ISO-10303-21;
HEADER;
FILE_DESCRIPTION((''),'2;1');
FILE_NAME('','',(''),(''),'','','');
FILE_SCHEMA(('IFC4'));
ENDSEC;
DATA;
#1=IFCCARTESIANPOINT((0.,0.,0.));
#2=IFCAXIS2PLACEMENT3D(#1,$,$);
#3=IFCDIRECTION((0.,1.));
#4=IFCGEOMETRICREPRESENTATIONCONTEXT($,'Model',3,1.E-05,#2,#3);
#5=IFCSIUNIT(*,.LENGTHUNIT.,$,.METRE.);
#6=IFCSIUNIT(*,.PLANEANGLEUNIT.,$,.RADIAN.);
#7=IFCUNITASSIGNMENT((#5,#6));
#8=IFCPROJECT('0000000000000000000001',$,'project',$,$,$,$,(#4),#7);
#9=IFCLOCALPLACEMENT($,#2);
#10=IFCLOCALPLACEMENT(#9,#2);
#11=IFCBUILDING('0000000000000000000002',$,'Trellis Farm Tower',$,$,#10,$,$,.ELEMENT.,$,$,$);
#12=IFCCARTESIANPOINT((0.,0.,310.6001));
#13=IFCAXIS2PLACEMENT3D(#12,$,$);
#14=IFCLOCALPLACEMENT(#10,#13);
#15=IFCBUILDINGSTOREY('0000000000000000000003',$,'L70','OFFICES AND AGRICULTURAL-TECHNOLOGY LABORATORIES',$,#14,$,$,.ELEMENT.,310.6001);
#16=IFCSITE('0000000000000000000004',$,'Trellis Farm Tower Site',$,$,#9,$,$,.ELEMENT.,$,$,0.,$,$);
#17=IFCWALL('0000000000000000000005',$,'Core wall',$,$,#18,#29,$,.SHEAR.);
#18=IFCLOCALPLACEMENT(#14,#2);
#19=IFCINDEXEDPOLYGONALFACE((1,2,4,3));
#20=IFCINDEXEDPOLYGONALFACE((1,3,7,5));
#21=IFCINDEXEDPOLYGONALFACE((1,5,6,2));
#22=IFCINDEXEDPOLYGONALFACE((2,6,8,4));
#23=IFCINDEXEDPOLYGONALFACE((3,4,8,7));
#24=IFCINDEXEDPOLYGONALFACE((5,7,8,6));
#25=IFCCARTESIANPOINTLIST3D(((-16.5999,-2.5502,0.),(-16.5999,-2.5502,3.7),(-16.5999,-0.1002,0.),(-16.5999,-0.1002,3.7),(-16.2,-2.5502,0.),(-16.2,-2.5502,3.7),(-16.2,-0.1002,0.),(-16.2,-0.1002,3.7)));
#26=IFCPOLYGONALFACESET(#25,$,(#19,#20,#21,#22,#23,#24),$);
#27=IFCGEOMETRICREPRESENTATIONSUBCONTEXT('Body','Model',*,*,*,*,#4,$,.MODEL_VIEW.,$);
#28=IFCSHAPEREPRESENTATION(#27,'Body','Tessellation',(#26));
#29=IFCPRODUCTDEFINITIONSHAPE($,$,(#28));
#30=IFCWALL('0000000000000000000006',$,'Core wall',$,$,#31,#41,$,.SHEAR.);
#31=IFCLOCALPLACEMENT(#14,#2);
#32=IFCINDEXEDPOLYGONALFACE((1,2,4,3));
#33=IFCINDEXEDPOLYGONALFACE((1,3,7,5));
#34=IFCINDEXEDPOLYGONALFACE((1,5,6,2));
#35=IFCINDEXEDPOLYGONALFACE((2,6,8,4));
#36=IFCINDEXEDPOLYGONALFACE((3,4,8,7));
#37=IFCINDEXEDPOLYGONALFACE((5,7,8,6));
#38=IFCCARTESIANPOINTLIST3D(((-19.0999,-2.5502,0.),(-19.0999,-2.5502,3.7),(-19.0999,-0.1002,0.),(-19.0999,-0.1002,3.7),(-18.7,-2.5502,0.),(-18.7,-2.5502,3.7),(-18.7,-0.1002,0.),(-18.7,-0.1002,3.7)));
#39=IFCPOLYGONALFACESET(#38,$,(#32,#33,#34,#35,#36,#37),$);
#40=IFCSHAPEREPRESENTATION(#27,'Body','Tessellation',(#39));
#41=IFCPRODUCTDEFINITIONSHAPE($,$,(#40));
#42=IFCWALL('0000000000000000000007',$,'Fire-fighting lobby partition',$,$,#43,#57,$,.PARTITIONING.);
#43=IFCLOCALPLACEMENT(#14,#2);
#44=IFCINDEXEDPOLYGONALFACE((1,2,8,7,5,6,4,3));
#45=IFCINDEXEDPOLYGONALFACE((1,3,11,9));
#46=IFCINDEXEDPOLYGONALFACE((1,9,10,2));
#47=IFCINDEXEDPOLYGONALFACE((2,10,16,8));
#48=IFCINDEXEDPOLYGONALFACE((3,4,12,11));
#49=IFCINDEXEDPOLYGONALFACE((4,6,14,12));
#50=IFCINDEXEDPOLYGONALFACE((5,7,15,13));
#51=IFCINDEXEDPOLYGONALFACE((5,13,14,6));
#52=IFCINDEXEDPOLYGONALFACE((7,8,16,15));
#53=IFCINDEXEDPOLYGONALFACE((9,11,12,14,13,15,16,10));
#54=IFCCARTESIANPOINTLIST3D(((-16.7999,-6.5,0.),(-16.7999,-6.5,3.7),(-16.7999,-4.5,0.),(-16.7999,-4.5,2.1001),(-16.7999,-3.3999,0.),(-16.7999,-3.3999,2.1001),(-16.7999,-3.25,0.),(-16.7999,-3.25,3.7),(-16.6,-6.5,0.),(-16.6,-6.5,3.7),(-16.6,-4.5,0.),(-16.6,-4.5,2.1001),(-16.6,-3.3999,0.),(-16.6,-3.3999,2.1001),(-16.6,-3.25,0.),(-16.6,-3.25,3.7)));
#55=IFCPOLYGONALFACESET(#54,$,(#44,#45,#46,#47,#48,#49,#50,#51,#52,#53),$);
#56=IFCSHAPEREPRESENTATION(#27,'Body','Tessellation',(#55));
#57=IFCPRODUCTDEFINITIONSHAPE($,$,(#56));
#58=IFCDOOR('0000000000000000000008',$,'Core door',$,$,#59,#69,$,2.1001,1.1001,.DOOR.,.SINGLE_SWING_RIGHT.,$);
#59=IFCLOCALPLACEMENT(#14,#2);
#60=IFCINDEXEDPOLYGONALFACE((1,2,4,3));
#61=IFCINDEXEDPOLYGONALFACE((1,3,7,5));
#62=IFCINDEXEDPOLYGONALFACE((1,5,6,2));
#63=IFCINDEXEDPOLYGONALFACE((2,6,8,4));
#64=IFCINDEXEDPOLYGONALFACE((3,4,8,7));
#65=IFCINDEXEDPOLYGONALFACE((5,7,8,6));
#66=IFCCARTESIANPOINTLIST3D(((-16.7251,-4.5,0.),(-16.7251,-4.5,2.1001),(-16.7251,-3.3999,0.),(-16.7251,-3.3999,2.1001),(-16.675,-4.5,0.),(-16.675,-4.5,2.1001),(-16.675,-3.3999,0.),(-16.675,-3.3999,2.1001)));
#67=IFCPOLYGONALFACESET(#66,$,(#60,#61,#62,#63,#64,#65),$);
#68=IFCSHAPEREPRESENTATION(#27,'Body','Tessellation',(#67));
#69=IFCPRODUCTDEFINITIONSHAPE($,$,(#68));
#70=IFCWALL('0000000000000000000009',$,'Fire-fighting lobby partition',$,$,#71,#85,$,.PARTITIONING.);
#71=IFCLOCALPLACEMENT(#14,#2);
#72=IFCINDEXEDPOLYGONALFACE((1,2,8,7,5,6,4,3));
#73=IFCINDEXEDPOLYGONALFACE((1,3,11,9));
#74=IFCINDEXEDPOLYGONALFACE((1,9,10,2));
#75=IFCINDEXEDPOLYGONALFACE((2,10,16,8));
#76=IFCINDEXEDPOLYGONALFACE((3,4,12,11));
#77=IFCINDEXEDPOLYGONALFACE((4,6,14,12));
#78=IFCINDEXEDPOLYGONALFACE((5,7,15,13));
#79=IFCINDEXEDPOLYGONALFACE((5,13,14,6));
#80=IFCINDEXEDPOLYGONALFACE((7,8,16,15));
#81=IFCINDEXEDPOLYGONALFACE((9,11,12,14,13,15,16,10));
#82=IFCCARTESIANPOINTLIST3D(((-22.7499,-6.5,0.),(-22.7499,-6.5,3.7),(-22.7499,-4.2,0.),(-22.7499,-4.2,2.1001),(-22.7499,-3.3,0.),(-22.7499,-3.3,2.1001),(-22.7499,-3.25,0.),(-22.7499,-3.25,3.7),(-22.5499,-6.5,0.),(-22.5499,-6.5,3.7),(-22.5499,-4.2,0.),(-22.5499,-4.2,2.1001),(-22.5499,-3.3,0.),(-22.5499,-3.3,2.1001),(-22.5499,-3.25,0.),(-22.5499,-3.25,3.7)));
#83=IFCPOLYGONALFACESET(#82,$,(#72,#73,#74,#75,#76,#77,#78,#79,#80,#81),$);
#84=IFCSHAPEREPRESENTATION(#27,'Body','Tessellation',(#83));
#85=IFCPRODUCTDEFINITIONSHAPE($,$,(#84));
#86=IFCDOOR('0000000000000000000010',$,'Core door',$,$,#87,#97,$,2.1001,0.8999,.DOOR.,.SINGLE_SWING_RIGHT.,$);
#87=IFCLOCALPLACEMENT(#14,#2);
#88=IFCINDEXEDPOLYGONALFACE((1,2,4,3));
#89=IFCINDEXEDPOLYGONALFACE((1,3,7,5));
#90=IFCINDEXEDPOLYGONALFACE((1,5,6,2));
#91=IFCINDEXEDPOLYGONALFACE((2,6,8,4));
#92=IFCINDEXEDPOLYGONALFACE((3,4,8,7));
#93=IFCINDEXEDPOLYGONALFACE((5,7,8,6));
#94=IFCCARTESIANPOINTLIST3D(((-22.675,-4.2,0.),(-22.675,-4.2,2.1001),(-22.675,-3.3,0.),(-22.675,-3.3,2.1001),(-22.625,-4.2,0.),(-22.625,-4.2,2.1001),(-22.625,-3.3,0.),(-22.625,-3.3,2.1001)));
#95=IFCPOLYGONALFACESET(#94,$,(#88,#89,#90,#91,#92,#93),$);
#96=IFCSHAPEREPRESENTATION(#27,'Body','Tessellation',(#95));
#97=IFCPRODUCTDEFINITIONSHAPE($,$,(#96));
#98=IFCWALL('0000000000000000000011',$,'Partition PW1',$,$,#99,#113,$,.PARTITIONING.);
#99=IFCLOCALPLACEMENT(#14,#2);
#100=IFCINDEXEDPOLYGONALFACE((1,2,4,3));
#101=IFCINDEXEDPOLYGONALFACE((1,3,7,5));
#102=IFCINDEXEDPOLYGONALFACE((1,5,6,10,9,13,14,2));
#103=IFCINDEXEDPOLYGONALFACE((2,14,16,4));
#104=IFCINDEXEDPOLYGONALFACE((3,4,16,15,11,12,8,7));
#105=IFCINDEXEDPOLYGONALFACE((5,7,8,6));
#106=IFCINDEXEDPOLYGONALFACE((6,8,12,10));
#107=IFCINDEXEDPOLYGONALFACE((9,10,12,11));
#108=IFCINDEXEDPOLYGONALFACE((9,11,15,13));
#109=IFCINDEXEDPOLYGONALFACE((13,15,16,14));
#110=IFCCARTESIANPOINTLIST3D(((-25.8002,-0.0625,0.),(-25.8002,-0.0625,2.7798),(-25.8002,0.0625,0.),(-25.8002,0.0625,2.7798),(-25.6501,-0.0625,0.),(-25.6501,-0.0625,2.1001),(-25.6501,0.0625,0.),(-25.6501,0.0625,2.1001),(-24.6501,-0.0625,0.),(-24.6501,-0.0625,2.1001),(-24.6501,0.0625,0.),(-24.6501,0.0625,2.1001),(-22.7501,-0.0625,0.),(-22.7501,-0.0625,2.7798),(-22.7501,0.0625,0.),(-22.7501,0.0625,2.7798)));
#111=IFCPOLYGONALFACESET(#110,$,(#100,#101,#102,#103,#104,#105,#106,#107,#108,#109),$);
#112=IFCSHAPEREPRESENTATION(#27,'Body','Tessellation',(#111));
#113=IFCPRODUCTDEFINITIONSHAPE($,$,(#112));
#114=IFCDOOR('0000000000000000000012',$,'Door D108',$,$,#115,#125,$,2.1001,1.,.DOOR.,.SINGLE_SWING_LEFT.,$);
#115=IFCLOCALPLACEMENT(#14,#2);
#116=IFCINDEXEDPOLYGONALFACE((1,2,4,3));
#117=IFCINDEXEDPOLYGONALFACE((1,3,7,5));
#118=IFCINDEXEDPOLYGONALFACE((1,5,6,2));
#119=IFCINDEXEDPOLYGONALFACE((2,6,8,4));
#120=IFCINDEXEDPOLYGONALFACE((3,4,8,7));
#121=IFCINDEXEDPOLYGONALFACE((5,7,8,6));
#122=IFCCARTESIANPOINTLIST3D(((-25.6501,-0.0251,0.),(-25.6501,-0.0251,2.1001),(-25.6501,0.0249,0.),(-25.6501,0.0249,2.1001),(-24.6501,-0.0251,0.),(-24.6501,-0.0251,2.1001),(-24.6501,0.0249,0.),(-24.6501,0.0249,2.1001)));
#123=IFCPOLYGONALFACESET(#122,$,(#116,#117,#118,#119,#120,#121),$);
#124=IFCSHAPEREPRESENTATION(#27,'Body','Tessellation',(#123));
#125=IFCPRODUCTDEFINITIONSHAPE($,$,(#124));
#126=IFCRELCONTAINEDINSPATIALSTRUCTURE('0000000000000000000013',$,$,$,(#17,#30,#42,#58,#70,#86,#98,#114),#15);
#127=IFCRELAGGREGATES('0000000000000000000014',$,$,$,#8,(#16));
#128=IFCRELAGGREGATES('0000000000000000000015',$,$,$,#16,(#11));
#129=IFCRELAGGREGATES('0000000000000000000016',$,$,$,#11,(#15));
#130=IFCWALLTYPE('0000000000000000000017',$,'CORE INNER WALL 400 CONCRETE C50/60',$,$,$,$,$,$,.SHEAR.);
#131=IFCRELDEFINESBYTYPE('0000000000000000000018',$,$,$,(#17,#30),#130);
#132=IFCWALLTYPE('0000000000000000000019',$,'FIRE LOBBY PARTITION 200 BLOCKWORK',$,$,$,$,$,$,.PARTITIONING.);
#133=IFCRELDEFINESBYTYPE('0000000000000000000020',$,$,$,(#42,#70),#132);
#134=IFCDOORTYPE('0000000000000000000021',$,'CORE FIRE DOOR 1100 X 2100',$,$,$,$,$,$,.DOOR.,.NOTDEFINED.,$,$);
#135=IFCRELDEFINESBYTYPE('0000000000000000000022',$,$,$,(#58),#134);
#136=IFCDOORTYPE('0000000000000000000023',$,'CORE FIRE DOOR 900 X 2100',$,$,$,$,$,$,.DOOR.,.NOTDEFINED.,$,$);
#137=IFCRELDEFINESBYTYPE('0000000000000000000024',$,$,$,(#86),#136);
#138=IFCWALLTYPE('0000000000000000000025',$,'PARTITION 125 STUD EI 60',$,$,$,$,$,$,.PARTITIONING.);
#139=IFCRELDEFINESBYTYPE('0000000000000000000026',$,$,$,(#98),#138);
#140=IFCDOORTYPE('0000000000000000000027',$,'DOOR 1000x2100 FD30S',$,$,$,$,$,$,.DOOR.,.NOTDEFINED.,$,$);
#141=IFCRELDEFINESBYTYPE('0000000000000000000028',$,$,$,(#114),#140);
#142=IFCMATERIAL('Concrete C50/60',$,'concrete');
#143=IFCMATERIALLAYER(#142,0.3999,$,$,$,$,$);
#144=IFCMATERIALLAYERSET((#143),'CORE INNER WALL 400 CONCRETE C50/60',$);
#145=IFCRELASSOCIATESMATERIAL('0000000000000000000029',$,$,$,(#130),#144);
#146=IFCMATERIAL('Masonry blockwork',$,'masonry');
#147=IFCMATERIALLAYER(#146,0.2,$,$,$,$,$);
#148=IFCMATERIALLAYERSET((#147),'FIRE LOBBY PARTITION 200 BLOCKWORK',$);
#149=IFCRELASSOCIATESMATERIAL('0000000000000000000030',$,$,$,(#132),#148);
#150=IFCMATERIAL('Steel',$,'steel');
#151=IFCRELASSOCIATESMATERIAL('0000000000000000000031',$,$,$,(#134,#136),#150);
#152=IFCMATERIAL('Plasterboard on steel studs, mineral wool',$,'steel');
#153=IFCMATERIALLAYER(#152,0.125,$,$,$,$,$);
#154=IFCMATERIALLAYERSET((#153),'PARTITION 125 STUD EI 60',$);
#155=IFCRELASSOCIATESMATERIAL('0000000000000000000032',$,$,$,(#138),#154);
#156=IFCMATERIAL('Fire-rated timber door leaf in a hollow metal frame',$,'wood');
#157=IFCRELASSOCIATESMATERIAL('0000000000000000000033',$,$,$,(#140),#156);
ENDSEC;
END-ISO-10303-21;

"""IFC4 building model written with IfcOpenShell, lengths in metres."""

from ifc_helpers import new_model, si_unit, direction, frame, frame_2d, origin, place, context, subcontext, project, spatial, rectangle, extrude, source, transform, mapped, material, layer, layer_set, type_object, element, fill, save


model = new_model("IFC4")

# Units and contexts
model_context = context("Model", 3, precision=1e-05, world=origin(), true_north=direction((0.0, 1.0)))
body_context = subcontext(model_context, "Body", "Model", "MODEL_VIEW")
ifc_project = project(units=[si_unit("LENGTHUNIT", "METRE"), si_unit("PLANEANGLEUNIT", "RADIAN")], contexts=[model_context])

# Site, building, storey
site_placement = place(None, origin())
site = spatial("IfcSite", under=ifc_project, at=site_placement, Name="Trellis Farm Tower Site", CompositionType="ELEMENT", RefElevation=0.0)
building_placement = place(site_placement, origin())
building = spatial("IfcBuilding", under=site, at=building_placement, Name="Trellis Farm Tower", CompositionType="ELEMENT")
storey_placement = place(building_placement, frame((0.0, 0.0, 310.6001)))
storey = spatial("IfcBuildingStorey", under=building, at=storey_placement, Name="L70", Description="OFFICES AND AGRICULTURAL-TECHNOLOGY LABORATORIES", CompositionType="ELEMENT", Elevation=310.6001)

# Walls
ifc_material_1 = material(Name="Concrete C50/60", Category="concrete")
ifc_layer_1 = layer(ifc_material_1, 0.3999)
ifc_layer_set_1 = layer_set([ifc_layer_1], Name="CORE INNER WALL 400 CONCRETE C50/60")
wall_type_1 = type_object("IfcWallType", Name="CORE INNER WALL 400 CONCRETE C50/60", PredefinedType="SHEAR", material=ifc_layer_set_1)
shared_shape_1 = source(origin(), body_context, "Body", "SweptSolid", [
    extrude(rectangle(XDim=2.45, YDim=0.3999, at=frame_2d((1.2251, 0.0))), origin(), (0.0, 0.0, 1.0), 3.7),
])
for number, where, z_axis, x_axis, name in (
    (1, (-16.3999, -0.1001, 0.0), (0.0, 0.0, 1.0), (0.0, -1.0, 0.0), "Core wall"),
    (2, (-18.8999, -0.1001, 0.0), (0.0, 0.0, 1.0), (0.0, -1.0, 0.0), "Core wall"),
):
    element("IfcWall", number, at=place(storey_placement, frame(where, z_axis=z_axis, x_axis=x_axis)), inside=storey, type_object=wall_type_1, Name=name, PredefinedType="SHEAR", context=body_context, shape_type="MappedRepresentation", body=[
        mapped(shared_shape_1, transform((0.0, 0.0, 0.0))),
    ])

# Walls, openings, doors
ifc_material_2 = material(Name="Masonry blockwork", Category="masonry")
ifc_layer_2 = layer(ifc_material_2, 0.2)
ifc_layer_set_2 = layer_set([ifc_layer_2], Name="FIRE LOBBY PARTITION 200 BLOCKWORK")
wall_type_2 = type_object("IfcWallType", Name="FIRE LOBBY PARTITION 200 BLOCKWORK", PredefinedType="PARTITIONING", material=ifc_layer_set_2)
shared_shape_2 = source(origin(), body_context, "Body", "SweptSolid", [
    extrude(rectangle(XDim=3.25, YDim=0.2, at=frame_2d((1.625, 0.0))), origin(), (0.0, 0.0, 1.0), 3.7),
])
wall_1_placement = place(storey_placement, frame((-16.7, -3.25, 0.0), z_axis=(0.0, 0.0, 1.0), x_axis=(0.0, -1.0, 0.0)))
wall_1 = element("IfcWall", 3, at=wall_1_placement, inside=storey, type_object=wall_type_2, Name="Fire-fighting lobby partition", PredefinedType="PARTITIONING", context=body_context, shape_type="MappedRepresentation", body=[
    mapped(shared_shape_2, transform((0.0, 0.0, 0.0))),
])
shared_shape_3 = source(origin(), body_context, "Body", "SweptSolid", [
    extrude(rectangle(XDim=1.1001, YDim=2.1001, at=frame_2d((0.55, 1.05))), frame((0.0, 0.1101, 0.0), z_axis=(0.0, -1.0, 0.0), x_axis=(1.0, 0.0, 0.0)), (0.0, 0.0, 1.0), 0.2202),
])
opening_1_placement = place(wall_1_placement, frame((0.1499, 0.0, 0.0)))
opening_1 = element("IfcOpeningElement", 4, at=opening_1_placement, cuts=wall_1, PredefinedType="OPENING", context=body_context, shape_type="MappedRepresentation", body=[
    mapped(shared_shape_3, transform((0.0, 0.0, 0.0))),
])
ifc_material_3 = material(Name="Steel", Category="steel")
door_type_1 = type_object("IfcDoorType", Name="CORE FIRE DOOR 1100 X 2100", OperationType="NOTDEFINED", PredefinedType="DOOR", material=ifc_material_3)
shared_shape_4 = source(origin(), body_context, "Body", "SweptSolid", [
    extrude(rectangle(XDim=1.1001, YDim=2.1001, at=frame_2d((0.55, 1.05))), frame((0.0, 0.0249, 0.0), z_axis=(0.0, -1.0, 0.0), x_axis=(1.0, 0.0, 0.0)), (0.0, 0.0, 1.0), 0.05),
])
door_1_placement = place(opening_1_placement, origin())
door_1 = element("IfcDoor", 5, at=door_1_placement, inside=storey, type_object=door_type_1, Name="Core door", OperationType="SINGLE_SWING_RIGHT", OverallHeight=2.1001, OverallWidth=1.1001, PredefinedType="DOOR", context=body_context, shape_type="MappedRepresentation", body=[
    mapped(shared_shape_4, transform((0.0, 0.0, 0.0))),
])
fill(opening_1, door_1)
wall_2_placement = place(storey_placement, frame((-22.6499, -3.25, 0.0), z_axis=(0.0, 0.0, 1.0), x_axis=(0.0, -1.0, 0.0)))
wall_2 = element("IfcWall", 6, at=wall_2_placement, inside=storey, type_object=wall_type_2, Name="Fire-fighting lobby partition", PredefinedType="PARTITIONING", context=body_context, shape_type="MappedRepresentation", body=[
    mapped(shared_shape_2, transform((0.0, 0.0, 0.0))),
])
shared_shape_5 = source(origin(), body_context, "Body", "SweptSolid", [
    extrude(rectangle(XDim=0.8999, YDim=2.1001, at=frame_2d((0.45, 1.05))), frame((0.0, 0.1101, 0.0), z_axis=(0.0, -1.0, 0.0), x_axis=(1.0, 0.0, 0.0)), (0.0, 0.0, 1.0), 0.2202),
])
opening_2_placement = place(wall_2_placement, frame((0.05, 0.0, 0.0)))
opening_2 = element("IfcOpeningElement", 7, at=opening_2_placement, cuts=wall_2, PredefinedType="OPENING", context=body_context, shape_type="MappedRepresentation", body=[
    mapped(shared_shape_5, transform((0.0, 0.0, 0.0))),
])
door_type_2 = type_object("IfcDoorType", Name="CORE FIRE DOOR 900 X 2100", OperationType="NOTDEFINED", PredefinedType="DOOR", material=ifc_material_3)
shared_shape_6 = source(origin(), body_context, "Body", "SweptSolid", [
    extrude(rectangle(XDim=0.8999, YDim=2.1001, at=frame_2d((0.45, 1.05))), frame((0.0, 0.0249, 0.0), z_axis=(0.0, -1.0, 0.0), x_axis=(1.0, 0.0, 0.0)), (0.0, 0.0, 1.0), 0.05),
])
door_2_placement = place(opening_2_placement, origin())
door_2 = element("IfcDoor", 8, at=door_2_placement, inside=storey, type_object=door_type_2, Name="Core door", OperationType="SINGLE_SWING_RIGHT", OverallHeight=2.1001, OverallWidth=0.8999, PredefinedType="DOOR", context=body_context, shape_type="MappedRepresentation", body=[
    mapped(shared_shape_6, transform((0.0, 0.0, 0.0))),
])
fill(opening_2, door_2)
ifc_material_4 = material(Name="Plasterboard on steel studs, mineral wool", Category="steel")
ifc_layer_3 = layer(ifc_material_4, 0.125)
ifc_layer_set_3 = layer_set([ifc_layer_3], Name="PARTITION 125 STUD EI 60")
wall_type_3 = type_object("IfcWallType", Name="PARTITION 125 STUD EI 60", PredefinedType="PARTITIONING", material=ifc_layer_set_3)
shared_shape_7 = source(origin(), body_context, "Body", "SweptSolid", [
    extrude(rectangle(XDim=3.05, YDim=0.125, at=frame_2d((1.5249, 0.0))), origin(), (0.0, 0.0, 1.0), 2.7798),
])
wall_3_placement = place(storey_placement, frame((-25.8, 0.0, 0.0), z_axis=(0.0, 0.0, 1.0), x_axis=(1.0, 0.0, 0.0)))
wall_3 = element("IfcWall", 9, at=wall_3_placement, inside=storey, type_object=wall_type_3, Name="Partition PW1", PredefinedType="PARTITIONING", context=body_context, shape_type="MappedRepresentation", body=[
    mapped(shared_shape_7, transform((0.0, 0.0, 0.0))),
])
shared_shape_8 = source(origin(), body_context, "Body", "SweptSolid", [
    extrude(rectangle(XDim=1.0, YDim=2.1001, at=frame_2d((0.5, 1.05))), frame((0.0, 0.0725, 0.0), z_axis=(0.0, -1.0, 0.0), x_axis=(1.0, 0.0, 0.0)), (0.0, 0.0, 1.0), 0.145),
])
opening_3_placement = place(wall_3_placement, frame((0.1499, 0.0, 0.0)))
opening_3 = element("IfcOpeningElement", 10, at=opening_3_placement, cuts=wall_3, PredefinedType="OPENING", context=body_context, shape_type="MappedRepresentation", body=[
    mapped(shared_shape_8, transform((0.0, 0.0, 0.0))),
])
ifc_material_5 = material(Name="Fire-rated timber door leaf in a hollow metal frame", Category="wood")
door_type_3 = type_object("IfcDoorType", Name="DOOR 1000x2100 FD30S", OperationType="NOTDEFINED", PredefinedType="DOOR", material=ifc_material_5)
shared_shape_9 = source(origin(), body_context, "Body", "SweptSolid", [
    extrude(rectangle(XDim=1.0, YDim=2.1001, at=frame_2d((0.5, 1.05))), frame((0.0, 0.0249, 0.0), z_axis=(0.0, -1.0, 0.0), x_axis=(1.0, 0.0, 0.0)), (0.0, 0.0, 1.0), 0.05),
])
door_3_placement = place(opening_3_placement, origin())
door_3 = element("IfcDoor", 11, at=door_3_placement, inside=storey, type_object=door_type_3, Name="Door D108", OperationType="SINGLE_SWING_LEFT", OverallHeight=2.1001, OverallWidth=1.0, PredefinedType="DOOR", context=body_context, shape_type="MappedRepresentation", body=[
    mapped(shared_shape_9, transform((0.0, 0.0, 0.0))),
])
fill(opening_3, door_3)

save(model, "model.ifc")
